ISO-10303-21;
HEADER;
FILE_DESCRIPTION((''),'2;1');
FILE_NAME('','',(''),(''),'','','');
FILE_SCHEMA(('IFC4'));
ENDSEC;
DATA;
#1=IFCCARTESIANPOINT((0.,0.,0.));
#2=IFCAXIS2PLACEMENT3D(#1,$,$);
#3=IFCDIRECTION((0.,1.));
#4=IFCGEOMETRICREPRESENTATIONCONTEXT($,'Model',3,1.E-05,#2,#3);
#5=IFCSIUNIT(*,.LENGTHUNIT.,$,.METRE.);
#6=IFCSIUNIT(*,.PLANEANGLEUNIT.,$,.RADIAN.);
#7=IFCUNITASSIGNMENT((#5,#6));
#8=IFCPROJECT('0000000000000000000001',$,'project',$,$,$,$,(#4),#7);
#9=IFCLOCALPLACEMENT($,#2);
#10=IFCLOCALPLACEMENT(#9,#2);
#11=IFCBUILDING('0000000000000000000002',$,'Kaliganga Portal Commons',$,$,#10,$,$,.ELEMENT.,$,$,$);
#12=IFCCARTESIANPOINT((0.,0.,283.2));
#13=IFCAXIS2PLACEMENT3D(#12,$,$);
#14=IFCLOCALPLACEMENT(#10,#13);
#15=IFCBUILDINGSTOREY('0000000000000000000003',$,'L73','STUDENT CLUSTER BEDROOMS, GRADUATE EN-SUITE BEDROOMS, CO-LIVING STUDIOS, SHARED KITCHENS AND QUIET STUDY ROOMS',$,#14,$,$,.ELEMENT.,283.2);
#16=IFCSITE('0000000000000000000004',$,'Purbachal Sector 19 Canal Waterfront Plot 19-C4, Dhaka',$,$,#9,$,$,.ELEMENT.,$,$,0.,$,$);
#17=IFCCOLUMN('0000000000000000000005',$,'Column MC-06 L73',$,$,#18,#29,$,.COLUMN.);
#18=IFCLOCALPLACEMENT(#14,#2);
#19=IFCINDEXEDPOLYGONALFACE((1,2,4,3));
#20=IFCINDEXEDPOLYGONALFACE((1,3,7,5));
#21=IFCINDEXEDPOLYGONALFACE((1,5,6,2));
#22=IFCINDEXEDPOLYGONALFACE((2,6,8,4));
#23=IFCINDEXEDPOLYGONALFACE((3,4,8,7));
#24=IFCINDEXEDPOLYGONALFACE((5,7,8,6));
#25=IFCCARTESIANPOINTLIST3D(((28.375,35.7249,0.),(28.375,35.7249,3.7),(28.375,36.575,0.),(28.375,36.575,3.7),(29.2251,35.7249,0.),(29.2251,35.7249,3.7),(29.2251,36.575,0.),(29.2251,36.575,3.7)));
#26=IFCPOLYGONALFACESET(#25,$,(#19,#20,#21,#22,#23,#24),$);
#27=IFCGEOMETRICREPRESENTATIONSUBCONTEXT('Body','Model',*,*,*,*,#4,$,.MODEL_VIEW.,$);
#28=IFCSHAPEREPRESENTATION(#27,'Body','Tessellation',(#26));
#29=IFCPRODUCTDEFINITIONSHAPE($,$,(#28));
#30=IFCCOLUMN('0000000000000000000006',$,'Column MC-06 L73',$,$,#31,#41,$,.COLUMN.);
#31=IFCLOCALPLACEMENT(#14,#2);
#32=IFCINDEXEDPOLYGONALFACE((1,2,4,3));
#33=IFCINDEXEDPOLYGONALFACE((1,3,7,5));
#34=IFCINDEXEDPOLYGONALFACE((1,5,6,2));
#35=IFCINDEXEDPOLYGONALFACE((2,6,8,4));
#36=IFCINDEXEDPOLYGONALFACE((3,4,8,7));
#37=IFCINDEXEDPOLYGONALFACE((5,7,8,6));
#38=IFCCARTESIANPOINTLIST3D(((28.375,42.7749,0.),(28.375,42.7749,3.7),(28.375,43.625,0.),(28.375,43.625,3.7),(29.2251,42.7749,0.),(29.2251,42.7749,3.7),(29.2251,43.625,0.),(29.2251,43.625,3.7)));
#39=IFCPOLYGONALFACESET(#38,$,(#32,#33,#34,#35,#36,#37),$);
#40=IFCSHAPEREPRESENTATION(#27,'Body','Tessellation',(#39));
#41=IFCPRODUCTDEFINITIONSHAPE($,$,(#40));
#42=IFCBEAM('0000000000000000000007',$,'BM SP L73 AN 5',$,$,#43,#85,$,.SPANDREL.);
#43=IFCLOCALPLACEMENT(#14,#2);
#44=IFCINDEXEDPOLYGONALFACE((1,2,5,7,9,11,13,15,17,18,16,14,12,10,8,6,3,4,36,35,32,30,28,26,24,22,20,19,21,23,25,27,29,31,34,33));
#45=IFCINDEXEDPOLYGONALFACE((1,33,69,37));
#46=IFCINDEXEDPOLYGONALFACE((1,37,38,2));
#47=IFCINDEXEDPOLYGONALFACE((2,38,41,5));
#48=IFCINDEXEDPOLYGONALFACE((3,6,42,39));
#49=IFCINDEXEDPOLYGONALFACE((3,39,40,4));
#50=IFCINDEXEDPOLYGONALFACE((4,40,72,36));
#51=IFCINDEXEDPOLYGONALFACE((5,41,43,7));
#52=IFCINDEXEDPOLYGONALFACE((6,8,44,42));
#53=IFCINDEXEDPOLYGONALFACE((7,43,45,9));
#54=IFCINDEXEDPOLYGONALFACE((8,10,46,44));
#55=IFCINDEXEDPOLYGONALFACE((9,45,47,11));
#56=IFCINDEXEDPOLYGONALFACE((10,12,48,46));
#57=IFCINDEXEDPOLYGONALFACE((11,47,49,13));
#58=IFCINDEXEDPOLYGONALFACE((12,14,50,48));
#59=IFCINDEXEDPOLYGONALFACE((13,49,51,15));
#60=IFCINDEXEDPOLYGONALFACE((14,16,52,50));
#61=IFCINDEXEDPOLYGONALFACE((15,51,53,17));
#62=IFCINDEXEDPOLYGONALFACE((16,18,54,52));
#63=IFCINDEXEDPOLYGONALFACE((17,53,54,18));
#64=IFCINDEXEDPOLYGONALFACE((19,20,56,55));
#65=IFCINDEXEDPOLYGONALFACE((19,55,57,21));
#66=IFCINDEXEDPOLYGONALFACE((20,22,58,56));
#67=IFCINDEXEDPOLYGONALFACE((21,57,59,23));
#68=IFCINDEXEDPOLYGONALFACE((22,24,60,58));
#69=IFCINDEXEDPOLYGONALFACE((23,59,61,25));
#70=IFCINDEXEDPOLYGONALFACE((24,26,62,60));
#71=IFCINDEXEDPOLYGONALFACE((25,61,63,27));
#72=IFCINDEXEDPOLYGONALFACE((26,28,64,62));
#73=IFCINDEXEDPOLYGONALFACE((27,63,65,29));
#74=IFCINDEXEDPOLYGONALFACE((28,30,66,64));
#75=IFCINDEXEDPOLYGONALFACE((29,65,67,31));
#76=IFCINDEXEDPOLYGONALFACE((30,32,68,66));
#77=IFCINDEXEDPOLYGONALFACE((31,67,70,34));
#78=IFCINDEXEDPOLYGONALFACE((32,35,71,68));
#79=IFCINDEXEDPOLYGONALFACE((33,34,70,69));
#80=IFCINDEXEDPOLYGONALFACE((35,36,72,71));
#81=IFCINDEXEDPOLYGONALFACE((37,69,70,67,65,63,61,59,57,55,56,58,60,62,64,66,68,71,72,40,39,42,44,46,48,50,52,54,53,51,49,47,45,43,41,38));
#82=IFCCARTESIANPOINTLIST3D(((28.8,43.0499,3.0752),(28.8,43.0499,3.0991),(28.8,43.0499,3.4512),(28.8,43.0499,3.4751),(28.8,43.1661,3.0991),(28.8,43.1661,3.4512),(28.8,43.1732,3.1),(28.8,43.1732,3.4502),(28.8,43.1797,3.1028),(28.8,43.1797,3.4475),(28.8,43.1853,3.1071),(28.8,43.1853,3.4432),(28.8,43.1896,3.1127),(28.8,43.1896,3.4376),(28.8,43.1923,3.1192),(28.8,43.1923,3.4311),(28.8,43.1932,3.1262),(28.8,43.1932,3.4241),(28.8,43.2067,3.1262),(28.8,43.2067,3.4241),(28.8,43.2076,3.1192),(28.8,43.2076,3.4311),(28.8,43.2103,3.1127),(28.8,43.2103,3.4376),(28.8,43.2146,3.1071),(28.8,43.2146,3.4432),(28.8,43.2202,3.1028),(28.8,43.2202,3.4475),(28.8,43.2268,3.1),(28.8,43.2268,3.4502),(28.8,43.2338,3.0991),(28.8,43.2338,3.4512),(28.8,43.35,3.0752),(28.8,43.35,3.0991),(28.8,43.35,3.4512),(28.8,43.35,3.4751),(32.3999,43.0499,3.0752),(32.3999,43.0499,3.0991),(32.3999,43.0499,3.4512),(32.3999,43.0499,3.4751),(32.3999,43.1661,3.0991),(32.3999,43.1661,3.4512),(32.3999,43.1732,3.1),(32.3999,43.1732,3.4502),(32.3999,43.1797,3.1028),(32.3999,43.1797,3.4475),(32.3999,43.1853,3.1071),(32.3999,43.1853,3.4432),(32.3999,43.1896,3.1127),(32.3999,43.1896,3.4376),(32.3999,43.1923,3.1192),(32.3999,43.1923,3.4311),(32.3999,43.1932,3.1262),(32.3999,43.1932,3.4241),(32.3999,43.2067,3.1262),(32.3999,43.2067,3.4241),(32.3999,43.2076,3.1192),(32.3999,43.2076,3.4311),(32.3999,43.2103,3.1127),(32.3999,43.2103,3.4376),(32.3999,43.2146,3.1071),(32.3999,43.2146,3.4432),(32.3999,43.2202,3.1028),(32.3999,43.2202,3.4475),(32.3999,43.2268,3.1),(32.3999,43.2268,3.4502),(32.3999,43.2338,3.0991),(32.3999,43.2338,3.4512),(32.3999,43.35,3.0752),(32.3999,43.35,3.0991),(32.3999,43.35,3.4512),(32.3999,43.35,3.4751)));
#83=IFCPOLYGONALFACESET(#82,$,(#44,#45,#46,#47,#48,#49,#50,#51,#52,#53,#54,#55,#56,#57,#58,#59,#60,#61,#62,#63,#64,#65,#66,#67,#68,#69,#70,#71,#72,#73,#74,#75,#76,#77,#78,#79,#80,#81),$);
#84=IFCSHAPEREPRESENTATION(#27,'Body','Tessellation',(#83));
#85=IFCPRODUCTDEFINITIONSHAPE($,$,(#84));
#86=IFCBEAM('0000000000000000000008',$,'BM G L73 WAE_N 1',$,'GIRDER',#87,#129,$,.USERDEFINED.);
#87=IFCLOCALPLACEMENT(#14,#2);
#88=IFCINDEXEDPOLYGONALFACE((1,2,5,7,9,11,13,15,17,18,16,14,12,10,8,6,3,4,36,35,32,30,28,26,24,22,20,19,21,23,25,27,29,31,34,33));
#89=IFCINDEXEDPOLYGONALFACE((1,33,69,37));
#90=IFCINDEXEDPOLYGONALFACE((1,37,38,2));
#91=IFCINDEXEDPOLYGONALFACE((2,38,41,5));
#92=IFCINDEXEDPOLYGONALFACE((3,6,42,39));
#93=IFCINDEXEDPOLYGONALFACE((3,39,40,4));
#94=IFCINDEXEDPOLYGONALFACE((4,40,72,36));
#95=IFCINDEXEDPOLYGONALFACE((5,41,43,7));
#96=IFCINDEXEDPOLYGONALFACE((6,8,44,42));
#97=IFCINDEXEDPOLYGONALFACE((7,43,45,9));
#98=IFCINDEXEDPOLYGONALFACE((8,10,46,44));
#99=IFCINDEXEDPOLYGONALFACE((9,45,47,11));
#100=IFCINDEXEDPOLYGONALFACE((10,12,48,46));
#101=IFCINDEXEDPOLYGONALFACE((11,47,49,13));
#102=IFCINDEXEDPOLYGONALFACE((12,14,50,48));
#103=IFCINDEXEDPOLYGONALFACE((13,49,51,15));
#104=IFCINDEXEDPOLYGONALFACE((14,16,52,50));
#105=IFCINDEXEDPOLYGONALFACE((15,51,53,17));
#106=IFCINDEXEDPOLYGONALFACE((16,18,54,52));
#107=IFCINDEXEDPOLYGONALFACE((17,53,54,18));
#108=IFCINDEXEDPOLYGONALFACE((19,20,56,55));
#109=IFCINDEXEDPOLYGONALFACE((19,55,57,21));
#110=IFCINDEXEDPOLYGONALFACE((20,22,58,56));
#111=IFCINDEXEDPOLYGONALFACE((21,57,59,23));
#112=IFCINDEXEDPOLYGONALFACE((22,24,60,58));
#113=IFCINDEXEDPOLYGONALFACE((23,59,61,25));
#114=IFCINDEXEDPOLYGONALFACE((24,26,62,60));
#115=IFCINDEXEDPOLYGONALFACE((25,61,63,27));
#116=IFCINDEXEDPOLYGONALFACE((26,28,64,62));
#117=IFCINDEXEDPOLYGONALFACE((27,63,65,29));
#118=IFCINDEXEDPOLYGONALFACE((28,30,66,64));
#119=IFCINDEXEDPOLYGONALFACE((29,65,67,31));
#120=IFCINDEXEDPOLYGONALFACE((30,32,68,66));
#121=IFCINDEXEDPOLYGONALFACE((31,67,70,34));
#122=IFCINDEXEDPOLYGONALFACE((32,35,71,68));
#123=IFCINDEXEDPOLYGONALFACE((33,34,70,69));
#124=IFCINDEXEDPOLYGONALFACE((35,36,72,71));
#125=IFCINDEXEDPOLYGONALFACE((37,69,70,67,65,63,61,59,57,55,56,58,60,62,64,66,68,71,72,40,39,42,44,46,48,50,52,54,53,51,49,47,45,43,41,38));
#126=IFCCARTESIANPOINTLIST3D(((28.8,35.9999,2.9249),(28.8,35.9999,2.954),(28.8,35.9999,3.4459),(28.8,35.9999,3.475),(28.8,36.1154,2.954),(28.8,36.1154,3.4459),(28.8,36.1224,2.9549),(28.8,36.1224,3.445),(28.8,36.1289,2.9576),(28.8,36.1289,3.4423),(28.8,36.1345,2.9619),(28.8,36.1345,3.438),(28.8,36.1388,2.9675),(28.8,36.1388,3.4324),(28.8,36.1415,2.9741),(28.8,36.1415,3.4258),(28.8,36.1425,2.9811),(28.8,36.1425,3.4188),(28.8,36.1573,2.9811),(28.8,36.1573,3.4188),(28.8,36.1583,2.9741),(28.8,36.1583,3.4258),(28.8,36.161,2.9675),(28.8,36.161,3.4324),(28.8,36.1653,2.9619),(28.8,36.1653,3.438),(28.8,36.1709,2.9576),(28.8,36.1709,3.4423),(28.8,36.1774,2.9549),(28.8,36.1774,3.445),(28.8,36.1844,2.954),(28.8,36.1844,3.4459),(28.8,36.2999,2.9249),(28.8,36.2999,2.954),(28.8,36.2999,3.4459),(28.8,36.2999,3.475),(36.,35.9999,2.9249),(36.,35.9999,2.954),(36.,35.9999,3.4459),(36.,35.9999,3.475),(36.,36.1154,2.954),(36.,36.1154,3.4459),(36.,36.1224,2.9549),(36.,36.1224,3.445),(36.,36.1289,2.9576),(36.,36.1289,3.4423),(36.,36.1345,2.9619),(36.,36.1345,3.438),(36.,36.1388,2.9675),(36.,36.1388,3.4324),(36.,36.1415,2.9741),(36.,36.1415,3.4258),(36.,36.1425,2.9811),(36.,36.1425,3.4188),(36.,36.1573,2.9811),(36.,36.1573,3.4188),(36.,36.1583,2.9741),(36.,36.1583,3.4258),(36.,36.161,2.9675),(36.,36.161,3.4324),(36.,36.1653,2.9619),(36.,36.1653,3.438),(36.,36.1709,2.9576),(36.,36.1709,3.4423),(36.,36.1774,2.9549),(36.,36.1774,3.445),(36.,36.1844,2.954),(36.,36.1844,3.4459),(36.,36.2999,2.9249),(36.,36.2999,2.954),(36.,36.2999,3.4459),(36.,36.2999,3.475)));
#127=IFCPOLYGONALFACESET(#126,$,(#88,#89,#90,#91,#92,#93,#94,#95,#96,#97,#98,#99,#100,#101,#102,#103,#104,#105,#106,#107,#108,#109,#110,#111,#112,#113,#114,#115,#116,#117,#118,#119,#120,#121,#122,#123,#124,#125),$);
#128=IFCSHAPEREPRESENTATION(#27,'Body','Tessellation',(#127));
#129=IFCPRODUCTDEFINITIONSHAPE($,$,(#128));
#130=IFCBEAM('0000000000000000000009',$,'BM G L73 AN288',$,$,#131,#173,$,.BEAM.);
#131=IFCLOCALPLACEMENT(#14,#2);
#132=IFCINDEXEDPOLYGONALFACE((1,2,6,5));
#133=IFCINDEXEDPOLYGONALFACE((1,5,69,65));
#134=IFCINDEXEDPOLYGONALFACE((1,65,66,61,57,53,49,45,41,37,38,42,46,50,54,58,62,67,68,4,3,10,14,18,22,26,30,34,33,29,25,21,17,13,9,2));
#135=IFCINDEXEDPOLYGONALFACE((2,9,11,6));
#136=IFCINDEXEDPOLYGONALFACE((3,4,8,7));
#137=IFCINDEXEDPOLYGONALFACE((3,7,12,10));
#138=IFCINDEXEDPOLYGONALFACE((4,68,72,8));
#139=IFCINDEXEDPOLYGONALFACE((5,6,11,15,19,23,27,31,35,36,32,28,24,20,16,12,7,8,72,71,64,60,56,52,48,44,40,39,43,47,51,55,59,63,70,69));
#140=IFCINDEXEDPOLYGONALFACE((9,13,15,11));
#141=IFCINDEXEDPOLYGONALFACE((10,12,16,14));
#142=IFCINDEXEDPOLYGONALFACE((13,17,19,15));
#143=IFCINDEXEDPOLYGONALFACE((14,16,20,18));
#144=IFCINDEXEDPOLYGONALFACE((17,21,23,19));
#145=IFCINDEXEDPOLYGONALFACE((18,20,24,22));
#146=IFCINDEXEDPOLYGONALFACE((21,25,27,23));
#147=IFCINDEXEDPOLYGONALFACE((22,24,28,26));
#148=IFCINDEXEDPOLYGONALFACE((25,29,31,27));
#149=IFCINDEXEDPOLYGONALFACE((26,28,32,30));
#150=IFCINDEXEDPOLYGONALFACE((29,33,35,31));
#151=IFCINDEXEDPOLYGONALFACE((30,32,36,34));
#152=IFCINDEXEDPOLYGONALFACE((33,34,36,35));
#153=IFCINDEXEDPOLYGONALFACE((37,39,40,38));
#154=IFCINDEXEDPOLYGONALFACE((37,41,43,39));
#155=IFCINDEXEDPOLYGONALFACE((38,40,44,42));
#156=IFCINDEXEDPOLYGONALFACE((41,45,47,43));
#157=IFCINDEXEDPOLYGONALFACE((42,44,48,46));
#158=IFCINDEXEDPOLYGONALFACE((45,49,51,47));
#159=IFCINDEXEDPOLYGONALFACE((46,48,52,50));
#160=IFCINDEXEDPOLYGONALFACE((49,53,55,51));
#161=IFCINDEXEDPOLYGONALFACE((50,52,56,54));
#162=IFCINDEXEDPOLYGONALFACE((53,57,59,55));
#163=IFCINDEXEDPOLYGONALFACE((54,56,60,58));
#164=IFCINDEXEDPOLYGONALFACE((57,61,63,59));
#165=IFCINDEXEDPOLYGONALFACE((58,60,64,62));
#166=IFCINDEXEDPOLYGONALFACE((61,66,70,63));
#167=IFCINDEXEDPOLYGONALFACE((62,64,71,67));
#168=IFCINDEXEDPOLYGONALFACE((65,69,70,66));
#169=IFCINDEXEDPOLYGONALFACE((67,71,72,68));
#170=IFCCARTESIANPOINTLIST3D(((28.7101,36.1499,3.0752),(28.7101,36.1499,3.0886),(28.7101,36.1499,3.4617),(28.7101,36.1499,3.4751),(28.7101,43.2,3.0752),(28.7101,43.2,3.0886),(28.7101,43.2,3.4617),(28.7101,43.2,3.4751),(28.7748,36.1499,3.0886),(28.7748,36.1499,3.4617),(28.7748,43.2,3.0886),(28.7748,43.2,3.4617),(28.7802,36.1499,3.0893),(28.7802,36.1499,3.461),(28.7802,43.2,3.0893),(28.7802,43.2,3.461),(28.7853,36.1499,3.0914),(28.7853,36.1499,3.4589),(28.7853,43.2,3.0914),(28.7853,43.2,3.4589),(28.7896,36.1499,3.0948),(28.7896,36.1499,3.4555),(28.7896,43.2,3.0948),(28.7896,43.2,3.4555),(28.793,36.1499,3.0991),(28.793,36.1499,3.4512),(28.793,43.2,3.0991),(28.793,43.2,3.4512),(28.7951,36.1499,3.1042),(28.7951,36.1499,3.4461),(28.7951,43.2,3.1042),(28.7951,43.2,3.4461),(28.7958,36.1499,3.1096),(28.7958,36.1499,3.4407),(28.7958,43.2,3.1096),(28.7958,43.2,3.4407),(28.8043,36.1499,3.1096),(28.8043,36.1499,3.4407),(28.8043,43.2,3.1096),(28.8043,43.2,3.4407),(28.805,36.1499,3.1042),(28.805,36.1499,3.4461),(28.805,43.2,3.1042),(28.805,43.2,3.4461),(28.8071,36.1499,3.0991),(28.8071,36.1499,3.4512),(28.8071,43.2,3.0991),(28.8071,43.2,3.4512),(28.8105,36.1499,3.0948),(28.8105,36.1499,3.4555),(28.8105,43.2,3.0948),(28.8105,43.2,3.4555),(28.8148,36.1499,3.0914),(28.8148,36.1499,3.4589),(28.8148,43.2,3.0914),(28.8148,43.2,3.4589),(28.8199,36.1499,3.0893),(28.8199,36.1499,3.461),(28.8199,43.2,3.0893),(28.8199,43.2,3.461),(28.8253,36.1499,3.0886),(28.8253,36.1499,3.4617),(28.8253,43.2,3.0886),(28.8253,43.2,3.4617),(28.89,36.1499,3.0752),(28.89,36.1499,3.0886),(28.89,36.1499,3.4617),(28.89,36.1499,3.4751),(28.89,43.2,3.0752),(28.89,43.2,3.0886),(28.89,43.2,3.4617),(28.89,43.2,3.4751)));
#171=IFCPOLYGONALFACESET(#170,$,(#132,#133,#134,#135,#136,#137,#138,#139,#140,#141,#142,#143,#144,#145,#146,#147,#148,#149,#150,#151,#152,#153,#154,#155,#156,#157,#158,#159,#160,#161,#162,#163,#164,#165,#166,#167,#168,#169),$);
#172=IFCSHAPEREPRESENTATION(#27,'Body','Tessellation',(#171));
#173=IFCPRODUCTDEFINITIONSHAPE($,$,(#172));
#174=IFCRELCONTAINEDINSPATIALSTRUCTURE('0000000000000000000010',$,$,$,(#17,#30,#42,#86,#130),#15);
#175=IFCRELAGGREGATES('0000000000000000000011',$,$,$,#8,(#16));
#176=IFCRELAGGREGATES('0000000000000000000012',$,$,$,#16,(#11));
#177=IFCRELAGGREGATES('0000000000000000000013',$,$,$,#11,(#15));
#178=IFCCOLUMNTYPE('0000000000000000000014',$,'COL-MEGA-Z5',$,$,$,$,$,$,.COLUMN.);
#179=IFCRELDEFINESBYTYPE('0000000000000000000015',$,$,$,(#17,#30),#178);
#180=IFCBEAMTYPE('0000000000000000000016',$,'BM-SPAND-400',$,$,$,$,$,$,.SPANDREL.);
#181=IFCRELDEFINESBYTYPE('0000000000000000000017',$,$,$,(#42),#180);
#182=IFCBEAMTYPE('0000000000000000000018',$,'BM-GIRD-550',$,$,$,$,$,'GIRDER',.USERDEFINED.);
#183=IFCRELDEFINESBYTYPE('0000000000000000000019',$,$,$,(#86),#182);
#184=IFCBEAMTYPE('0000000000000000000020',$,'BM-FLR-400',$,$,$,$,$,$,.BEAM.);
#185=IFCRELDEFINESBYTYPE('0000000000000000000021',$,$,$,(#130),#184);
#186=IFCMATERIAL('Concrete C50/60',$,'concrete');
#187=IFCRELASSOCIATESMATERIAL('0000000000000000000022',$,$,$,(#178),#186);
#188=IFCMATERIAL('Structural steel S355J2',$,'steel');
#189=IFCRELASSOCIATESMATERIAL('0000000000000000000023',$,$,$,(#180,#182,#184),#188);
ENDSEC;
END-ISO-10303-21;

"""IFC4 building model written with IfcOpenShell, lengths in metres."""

from ifc_helpers import new_model, si_unit, direction, frame, origin, origin_2d, place, context, subcontext, project, spatial, rectangle, i_section, extrude, source, transform, mapped, material, material_profile, profile_set, type_object, element, save


model = new_model("IFC4")

# Units and contexts
model_context = context("Model", 3, precision=1e-05, world=origin(), true_north=direction((0.0, 1.0)))
body_context = subcontext(model_context, "Body", "Model", "MODEL_VIEW")
ifc_project = project(units=[si_unit("LENGTHUNIT", "METRE"), si_unit("PLANEANGLEUNIT", "RADIAN")], contexts=[model_context])

# Site, building, storey
site_placement = place(None, origin())
site = spatial("IfcSite", under=ifc_project, at=site_placement, Name="Purbachal Sector 19 Canal Waterfront Plot 19-C4, Dhaka", CompositionType="ELEMENT", RefElevation=0.0)
building_placement = place(site_placement, origin())
building = spatial("IfcBuilding", under=site, at=building_placement, Name="Kaliganga Portal Commons", CompositionType="ELEMENT")
storey_placement = place(building_placement, frame((0.0, 0.0, 283.2)))
storey = spatial("IfcBuildingStorey", under=building, at=storey_placement, Name="L73", Description="STUDENT CLUSTER BEDROOMS, GRADUATE EN-SUITE BEDROOMS, CO-LIVING STUDIOS, SHARED KITCHENS AND QUIET STUDY ROOMS", CompositionType="ELEMENT", Elevation=283.2)

# Columns
ifc_material_1 = material(Name="Concrete C50/60", Category="concrete")
ifc_material_profile_1 = material_profile(ifc_material_1, rectangle(XDim=0.8501, YDim=0.8501, at=origin_2d()), Name="RC 850x850")
ifc_profile_set_1 = profile_set([ifc_material_profile_1], Name="Concrete C50/60")
column_type = type_object("IfcColumnType", Name="COL-MEGA-Z5", PredefinedType="COLUMN", material=ifc_profile_set_1)
shared_shape_1 = source(origin(), body_context, "Body", "SweptSolid", [
    extrude(rectangle(XDim=0.8501, YDim=0.8501, at=origin_2d()), origin(), (0.0, 0.0, 1.0), 3.7),
])
for number, where, z_axis, x_axis, name in (
    (1, (28.8, 36.1499, 0.0), (0.0, 0.0, 1.0), (1.0, 0.0, 0.0), "Column MC-06 L73"),
    (2, (28.8, 43.2, 0.0), (0.0, 0.0, 1.0), (1.0, 0.0, 0.0), "Column MC-06 L73"),
):
    element("IfcColumn", number, at=place(storey_placement, frame(where, z_axis=z_axis, x_axis=x_axis)), inside=storey, type_object=column_type, Name=name, PredefinedType="COLUMN", context=body_context, shape_type="MappedRepresentation", body=[
        mapped(shared_shape_1, transform((0.0, 0.0, 0.0), x_axis=(1.0, 0.0, 0.0), y_axis=(0.0, 1.0, 0.0), z_axis=(0.0, 0.0, 1.0), scale=1.0)),
    ])

# Beams
ifc_material_2 = material(Name="Structural steel S355J2", Category="steel")
ifc_material_profile_2 = material_profile(ifc_material_2, i_section(OverallWidth=0.3, OverallDepth=0.3999, WebThickness=0.0134, FlangeThickness=0.0239, FilletRadius=0.0271, at=origin_2d()), Name="HE 400 B")
ifc_profile_set_2 = profile_set([ifc_material_profile_2], Name="Structural steel S355J2 wide-flange")
beam_type_1 = type_object("IfcBeamType", Name="BM-SPAND-400", PredefinedType="SPANDREL", material=ifc_profile_set_2)
shared_shape_2 = source(origin(), body_context, "Body", "SweptSolid", [
    extrude(i_section(OverallWidth=0.3, OverallDepth=0.3999, WebThickness=0.0134, FlangeThickness=0.0239, FilletRadius=0.0271, at=origin_2d()), origin(), (0.0, 0.0, 1.0), 3.5999),
])
beam_1_placement = place(storey_placement, frame((28.8, 43.2, 3.2751), z_axis=(1.0, 0.0, 0.0), x_axis=(0.0, 1.0, 0.0)))
element("IfcBeam", 3, at=beam_1_placement, inside=storey, type_object=beam_type_1, Name="BM SP L73 AN 5", PredefinedType="SPANDREL", context=body_context, shape_type="MappedRepresentation", body=[
    mapped(shared_shape_2, transform((0.0, 0.0, 0.0), x_axis=(1.0, 0.0, 0.0), y_axis=(0.0, 1.0, 0.0), z_axis=(0.0, 0.0, 1.0), scale=1.0)),
])
ifc_material_profile_3 = material_profile(ifc_material_2, i_section(OverallWidth=0.3, OverallDepth=0.55, WebThickness=0.0149, FlangeThickness=0.0291, FilletRadius=0.0271, at=origin_2d()), Name="HE 550 B")
ifc_profile_set_3 = profile_set([ifc_material_profile_3], Name="Structural steel S355J2 wide-flange")
beam_type_2 = type_object("IfcBeamType", Name="BM-GIRD-550", ElementType="GIRDER", PredefinedType="USERDEFINED", material=ifc_profile_set_3)
shared_shape_3 = source(origin(), body_context, "Body", "SweptSolid", [
    extrude(i_section(OverallWidth=0.3, OverallDepth=0.55, WebThickness=0.0149, FlangeThickness=0.0291, FilletRadius=0.0271, at=origin_2d()), origin(), (0.0, 0.0, 1.0), 7.2),
])
beam_2_placement = place(storey_placement, frame((28.8, 36.1499, 3.2), z_axis=(1.0, 0.0, 0.0), x_axis=(0.0, 1.0, 0.0)))
element("IfcBeam", 4, at=beam_2_placement, inside=storey, type_object=beam_type_2, Name="BM G L73 WAE_N 1", ObjectType="GIRDER", PredefinedType="USERDEFINED", context=body_context, shape_type="MappedRepresentation", body=[
    mapped(shared_shape_3, transform((0.0, 0.0, 0.0), x_axis=(1.0, 0.0, 0.0), y_axis=(0.0, 1.0, 0.0), z_axis=(0.0, 0.0, 1.0), scale=1.0)),
])
ifc_material_profile_4 = material_profile(ifc_material_2, i_section(OverallWidth=0.1799, OverallDepth=0.3999, WebThickness=0.0085, FlangeThickness=0.0134, FilletRadius=0.021, at=origin_2d()), Name="IPE 400")
ifc_profile_set_4 = profile_set([ifc_material_profile_4], Name="Structural steel S355J2 wide-flange")
beam_type_3 = type_object("IfcBeamType", Name="BM-FLR-400", PredefinedType="BEAM", material=ifc_profile_set_4)
shared_shape_4 = source(origin(), body_context, "Body", "SweptSolid", [
    extrude(i_section(OverallWidth=0.1799, OverallDepth=0.3999, WebThickness=0.0085, FlangeThickness=0.0134, FilletRadius=0.021, at=origin_2d()), origin(), (0.0, 0.0, 1.0), 7.05),
])
beam_3_placement = place(storey_placement, frame((28.8, 36.1499, 3.2751), z_axis=(0.0, 1.0, 0.0), x_axis=(-1.0, 0.0, 0.0)))
element("IfcBeam", 5, at=beam_3_placement, inside=storey, type_object=beam_type_3, Name="BM G L73 AN288", PredefinedType="BEAM", context=body_context, shape_type="MappedRepresentation", body=[
    mapped(shared_shape_4, transform((0.0, 0.0, 0.0), x_axis=(1.0, 0.0, 0.0), y_axis=(0.0, 1.0, 0.0), z_axis=(0.0, 0.0, 1.0), scale=1.0)),
])

save(model, "model.ifc")
